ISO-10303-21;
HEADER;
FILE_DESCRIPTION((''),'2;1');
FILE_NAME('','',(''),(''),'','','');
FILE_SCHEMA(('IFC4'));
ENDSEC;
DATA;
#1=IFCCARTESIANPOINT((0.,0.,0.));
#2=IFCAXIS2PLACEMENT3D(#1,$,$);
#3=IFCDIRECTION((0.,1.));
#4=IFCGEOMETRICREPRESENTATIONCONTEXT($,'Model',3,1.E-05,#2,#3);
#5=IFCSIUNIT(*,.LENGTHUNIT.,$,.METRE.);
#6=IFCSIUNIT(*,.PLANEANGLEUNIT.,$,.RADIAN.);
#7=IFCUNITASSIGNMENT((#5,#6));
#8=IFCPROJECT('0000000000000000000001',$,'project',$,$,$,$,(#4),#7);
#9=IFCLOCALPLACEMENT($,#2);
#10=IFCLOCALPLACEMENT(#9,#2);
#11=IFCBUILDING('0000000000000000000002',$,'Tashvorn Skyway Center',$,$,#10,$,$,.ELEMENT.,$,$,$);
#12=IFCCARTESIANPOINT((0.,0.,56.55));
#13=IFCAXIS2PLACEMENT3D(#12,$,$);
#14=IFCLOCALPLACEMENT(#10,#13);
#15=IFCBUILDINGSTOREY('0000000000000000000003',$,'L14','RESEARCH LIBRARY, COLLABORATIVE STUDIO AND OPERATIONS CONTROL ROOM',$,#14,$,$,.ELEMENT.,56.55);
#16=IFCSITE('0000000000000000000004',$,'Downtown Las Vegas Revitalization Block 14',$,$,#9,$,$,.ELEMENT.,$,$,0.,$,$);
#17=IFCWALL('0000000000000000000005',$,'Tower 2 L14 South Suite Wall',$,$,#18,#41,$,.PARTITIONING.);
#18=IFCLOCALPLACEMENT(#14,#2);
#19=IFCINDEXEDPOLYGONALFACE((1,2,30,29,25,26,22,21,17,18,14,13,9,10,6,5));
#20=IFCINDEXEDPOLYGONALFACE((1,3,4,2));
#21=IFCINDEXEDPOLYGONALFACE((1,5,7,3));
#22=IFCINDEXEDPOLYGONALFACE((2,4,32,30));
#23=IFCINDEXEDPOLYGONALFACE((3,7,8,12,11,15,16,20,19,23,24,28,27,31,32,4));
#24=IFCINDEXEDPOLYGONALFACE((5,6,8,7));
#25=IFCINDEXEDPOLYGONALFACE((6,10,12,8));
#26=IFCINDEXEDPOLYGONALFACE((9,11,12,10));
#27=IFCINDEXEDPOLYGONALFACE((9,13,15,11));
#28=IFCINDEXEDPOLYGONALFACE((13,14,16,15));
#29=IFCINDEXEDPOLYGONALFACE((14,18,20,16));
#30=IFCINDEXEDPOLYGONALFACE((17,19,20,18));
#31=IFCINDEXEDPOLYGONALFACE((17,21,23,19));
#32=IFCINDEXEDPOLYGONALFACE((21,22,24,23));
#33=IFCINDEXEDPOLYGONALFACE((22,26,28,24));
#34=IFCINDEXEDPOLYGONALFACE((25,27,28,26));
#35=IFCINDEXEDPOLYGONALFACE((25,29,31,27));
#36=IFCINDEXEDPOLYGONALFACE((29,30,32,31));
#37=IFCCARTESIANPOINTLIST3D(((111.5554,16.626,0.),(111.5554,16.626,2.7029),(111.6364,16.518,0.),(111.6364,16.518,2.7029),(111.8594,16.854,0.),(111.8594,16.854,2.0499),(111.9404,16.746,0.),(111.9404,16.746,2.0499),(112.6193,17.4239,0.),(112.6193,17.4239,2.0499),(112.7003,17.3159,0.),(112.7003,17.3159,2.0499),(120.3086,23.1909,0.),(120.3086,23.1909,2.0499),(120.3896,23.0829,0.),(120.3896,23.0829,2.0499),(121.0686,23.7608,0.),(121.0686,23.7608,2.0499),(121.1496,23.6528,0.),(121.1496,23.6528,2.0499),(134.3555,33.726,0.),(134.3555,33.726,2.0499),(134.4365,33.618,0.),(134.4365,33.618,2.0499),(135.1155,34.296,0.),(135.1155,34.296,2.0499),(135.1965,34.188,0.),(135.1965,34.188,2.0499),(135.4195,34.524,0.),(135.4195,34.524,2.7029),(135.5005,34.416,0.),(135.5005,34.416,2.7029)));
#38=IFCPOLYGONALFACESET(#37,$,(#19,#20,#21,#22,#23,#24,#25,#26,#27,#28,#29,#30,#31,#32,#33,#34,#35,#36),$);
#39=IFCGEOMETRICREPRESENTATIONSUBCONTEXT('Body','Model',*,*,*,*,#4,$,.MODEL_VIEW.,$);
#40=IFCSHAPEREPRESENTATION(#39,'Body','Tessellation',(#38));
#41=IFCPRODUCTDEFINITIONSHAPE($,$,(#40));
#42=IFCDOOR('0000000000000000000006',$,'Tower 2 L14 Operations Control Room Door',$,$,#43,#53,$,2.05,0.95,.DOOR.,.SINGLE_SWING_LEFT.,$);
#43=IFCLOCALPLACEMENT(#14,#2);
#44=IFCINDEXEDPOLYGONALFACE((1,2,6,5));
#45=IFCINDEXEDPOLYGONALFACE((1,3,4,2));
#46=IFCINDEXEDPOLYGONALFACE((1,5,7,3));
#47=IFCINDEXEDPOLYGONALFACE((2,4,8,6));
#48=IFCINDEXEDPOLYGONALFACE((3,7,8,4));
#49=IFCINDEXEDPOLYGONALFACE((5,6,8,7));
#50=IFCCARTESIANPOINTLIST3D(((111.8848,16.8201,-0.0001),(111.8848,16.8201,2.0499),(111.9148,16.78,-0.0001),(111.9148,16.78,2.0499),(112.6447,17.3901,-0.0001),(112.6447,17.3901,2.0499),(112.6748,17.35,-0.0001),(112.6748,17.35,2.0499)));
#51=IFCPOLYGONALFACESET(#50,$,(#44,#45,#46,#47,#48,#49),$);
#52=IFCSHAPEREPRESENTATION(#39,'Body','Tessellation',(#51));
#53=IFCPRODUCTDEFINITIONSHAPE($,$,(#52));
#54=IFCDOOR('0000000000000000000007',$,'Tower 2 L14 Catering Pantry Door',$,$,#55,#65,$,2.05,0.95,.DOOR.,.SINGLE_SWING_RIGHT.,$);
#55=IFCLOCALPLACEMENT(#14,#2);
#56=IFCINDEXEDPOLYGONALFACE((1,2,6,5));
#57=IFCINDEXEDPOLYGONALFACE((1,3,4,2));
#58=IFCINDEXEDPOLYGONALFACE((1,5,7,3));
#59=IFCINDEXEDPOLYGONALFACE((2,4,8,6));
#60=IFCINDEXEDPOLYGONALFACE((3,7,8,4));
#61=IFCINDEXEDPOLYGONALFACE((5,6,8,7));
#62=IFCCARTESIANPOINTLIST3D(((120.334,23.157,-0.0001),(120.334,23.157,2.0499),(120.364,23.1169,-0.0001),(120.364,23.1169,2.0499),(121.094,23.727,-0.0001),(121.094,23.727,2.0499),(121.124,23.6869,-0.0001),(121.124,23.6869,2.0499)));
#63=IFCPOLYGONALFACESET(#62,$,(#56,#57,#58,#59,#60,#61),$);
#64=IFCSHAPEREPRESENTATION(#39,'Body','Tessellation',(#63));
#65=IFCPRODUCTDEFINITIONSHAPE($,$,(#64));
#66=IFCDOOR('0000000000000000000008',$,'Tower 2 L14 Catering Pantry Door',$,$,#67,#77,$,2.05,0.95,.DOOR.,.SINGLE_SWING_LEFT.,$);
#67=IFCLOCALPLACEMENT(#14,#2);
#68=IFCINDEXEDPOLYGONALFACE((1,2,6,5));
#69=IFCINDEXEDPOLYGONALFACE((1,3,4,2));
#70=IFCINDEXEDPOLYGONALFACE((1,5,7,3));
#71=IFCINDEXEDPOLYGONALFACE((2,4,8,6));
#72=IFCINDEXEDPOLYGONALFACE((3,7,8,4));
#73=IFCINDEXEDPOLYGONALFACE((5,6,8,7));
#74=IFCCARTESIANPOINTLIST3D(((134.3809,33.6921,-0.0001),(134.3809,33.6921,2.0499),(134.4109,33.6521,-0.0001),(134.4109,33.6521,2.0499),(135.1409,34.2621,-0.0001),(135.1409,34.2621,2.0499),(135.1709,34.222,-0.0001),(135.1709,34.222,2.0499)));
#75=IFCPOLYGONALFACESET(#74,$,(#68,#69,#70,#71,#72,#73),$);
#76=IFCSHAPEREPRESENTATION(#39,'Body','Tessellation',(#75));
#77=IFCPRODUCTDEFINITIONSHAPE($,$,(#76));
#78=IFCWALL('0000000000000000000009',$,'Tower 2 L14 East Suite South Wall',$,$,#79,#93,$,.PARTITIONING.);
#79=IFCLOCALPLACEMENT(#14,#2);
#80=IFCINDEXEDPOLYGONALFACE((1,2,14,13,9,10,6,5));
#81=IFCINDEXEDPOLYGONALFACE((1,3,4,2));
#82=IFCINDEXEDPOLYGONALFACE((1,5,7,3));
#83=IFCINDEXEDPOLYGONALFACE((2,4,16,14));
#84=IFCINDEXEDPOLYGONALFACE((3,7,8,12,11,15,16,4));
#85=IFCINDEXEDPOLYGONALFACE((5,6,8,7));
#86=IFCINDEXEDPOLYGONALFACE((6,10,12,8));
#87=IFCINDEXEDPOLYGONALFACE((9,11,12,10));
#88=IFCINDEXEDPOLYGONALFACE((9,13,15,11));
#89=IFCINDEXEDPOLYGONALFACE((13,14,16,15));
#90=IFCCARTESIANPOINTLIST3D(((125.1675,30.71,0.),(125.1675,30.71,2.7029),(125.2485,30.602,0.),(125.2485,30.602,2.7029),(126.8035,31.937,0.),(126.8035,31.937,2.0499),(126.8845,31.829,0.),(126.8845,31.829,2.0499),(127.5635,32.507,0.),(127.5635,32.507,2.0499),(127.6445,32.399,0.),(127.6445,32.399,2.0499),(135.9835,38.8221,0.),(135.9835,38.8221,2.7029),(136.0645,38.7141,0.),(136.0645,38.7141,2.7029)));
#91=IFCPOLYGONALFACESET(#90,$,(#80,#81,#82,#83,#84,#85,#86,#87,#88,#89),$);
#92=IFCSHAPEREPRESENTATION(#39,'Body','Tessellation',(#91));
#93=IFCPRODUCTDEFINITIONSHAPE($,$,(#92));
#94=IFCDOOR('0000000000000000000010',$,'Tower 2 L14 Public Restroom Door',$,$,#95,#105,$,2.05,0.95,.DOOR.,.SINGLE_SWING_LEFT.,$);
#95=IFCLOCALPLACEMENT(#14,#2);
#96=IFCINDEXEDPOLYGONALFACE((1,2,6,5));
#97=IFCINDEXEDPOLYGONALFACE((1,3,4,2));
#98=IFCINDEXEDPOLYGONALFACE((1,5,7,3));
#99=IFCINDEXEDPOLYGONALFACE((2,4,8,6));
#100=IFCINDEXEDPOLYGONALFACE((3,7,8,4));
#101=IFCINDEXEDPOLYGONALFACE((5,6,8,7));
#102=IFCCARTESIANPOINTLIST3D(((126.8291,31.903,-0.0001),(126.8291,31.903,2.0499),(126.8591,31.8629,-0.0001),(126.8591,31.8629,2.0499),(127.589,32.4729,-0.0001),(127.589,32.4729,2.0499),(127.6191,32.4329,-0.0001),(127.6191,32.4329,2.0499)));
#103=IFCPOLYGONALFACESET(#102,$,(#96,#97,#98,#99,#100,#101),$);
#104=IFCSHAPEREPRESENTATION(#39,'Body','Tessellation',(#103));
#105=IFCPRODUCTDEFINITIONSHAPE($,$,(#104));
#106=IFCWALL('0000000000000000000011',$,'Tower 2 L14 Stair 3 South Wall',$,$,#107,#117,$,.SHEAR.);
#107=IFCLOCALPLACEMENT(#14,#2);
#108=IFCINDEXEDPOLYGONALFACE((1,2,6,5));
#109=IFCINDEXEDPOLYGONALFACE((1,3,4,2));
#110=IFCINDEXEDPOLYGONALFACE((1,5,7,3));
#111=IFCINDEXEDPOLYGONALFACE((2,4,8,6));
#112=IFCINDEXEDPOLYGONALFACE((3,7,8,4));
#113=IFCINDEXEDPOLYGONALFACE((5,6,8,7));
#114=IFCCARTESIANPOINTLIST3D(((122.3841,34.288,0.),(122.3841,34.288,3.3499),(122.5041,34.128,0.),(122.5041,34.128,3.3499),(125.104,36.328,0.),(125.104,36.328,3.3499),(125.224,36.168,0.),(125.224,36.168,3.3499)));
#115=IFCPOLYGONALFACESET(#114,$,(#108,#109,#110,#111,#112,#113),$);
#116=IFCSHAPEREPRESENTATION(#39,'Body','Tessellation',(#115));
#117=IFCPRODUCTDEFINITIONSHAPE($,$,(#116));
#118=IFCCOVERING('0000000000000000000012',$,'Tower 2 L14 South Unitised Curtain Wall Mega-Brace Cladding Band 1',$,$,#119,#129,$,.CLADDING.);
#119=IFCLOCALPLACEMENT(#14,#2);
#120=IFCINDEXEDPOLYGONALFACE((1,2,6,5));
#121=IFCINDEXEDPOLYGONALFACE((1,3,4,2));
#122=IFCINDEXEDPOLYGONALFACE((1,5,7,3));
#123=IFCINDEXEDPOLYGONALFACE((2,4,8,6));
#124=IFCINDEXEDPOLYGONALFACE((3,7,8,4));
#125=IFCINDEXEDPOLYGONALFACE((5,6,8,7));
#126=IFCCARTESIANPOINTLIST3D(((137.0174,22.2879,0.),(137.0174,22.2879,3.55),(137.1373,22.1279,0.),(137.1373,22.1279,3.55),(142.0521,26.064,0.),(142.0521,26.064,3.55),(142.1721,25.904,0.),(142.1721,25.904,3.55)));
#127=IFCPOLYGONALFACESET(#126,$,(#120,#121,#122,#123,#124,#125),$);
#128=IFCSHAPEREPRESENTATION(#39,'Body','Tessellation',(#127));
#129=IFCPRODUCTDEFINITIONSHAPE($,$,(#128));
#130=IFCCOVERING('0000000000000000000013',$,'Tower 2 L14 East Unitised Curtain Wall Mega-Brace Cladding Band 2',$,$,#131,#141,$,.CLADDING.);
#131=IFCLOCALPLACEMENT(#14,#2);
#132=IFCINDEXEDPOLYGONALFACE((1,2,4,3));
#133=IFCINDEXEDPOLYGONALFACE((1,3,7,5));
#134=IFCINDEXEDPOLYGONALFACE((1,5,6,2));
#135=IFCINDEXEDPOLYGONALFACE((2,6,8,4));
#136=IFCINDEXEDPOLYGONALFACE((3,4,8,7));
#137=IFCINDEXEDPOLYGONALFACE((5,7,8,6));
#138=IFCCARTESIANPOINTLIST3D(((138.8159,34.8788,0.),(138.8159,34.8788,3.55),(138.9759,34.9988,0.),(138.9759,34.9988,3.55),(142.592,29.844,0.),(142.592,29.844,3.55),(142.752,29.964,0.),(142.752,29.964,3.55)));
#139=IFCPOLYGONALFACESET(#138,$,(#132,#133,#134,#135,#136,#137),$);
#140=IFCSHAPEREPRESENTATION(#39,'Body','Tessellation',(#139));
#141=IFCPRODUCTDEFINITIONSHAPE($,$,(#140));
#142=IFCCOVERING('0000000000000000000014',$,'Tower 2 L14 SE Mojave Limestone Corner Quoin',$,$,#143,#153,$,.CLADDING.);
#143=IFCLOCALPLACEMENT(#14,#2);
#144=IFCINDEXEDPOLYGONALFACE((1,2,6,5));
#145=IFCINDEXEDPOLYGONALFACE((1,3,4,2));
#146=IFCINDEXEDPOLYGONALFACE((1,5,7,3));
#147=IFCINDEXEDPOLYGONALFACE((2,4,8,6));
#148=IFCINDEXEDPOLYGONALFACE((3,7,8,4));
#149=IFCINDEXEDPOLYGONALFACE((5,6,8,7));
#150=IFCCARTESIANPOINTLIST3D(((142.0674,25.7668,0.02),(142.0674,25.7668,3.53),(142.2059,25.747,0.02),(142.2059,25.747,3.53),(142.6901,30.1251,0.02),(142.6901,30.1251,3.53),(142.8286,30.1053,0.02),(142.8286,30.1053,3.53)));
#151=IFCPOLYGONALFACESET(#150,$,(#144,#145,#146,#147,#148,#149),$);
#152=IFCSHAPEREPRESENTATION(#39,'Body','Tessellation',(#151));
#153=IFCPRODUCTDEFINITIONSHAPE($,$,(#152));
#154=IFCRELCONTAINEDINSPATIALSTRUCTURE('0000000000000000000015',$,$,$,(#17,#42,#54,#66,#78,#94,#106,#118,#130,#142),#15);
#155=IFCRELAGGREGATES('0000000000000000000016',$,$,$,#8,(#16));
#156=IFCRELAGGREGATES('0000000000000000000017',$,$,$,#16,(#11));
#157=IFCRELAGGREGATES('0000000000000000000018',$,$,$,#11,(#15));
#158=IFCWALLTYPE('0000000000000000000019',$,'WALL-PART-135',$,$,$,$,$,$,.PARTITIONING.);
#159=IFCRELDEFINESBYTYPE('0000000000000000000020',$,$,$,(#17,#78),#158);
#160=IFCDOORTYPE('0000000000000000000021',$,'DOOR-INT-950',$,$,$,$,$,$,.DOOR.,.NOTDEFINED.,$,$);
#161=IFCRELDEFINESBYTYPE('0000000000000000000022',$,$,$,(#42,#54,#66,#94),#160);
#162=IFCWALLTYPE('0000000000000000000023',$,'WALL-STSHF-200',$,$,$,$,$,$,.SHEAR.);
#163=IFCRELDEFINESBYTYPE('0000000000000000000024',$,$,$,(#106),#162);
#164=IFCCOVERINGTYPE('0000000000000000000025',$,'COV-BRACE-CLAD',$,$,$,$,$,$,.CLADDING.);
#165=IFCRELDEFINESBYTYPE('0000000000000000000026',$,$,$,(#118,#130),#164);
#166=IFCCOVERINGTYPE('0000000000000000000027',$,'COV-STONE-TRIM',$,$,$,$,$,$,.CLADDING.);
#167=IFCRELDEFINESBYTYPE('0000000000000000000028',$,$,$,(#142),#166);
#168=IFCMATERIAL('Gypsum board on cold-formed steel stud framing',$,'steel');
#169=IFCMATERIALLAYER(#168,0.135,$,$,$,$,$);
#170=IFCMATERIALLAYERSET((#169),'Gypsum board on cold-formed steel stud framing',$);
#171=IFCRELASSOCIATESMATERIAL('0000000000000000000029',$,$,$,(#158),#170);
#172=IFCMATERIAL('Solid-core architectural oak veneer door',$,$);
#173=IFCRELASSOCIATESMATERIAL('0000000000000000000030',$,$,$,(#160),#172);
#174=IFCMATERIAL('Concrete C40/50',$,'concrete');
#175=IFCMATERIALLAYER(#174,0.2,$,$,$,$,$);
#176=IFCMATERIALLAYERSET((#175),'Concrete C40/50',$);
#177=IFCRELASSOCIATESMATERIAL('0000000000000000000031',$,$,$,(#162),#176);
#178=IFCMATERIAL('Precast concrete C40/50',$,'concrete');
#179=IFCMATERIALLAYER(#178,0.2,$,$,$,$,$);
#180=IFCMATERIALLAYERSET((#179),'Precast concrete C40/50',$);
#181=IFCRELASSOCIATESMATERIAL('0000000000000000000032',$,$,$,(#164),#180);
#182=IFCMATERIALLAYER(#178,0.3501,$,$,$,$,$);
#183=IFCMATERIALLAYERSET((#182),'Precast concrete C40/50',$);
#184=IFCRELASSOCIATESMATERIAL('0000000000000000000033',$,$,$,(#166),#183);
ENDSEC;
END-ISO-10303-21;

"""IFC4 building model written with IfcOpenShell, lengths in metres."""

from ifc_helpers import new_model, si_unit, direction, frame, frame_2d, origin, origin_2d, place, context, subcontext, project, spatial, rectangle, extrude, material, layer, layer_set, type_object, element, fill, save


model = new_model("IFC4")

# Units and contexts
model_context = context("Model", 3, precision=1e-05, world=origin(), true_north=direction((0.0, 1.0)))
body_context = subcontext(model_context, "Body", "Model", "MODEL_VIEW")
ifc_project = project(units=[si_unit("LENGTHUNIT", "METRE"), si_unit("PLANEANGLEUNIT", "RADIAN")], contexts=[model_context])

# Site, building, storey
site_placement = place(None, origin())
site = spatial("IfcSite", under=ifc_project, at=site_placement, Name="Downtown Las Vegas Revitalization Block 14", CompositionType="ELEMENT", RefElevation=0.0)
building_placement = place(site_placement, origin())
building = spatial("IfcBuilding", under=site, at=building_placement, Name="Tashvorn Skyway Center", CompositionType="ELEMENT")
storey_placement = place(building_placement, frame((0.0, 0.0, 56.55)))
storey = spatial("IfcBuildingStorey", under=building, at=storey_placement, Name="L14", Description="RESEARCH LIBRARY, COLLABORATIVE STUDIO AND OPERATIONS CONTROL ROOM", CompositionType="ELEMENT", Elevation=56.55)

# Shared definitions
ifc_material_1 = material(Name="Precast concrete C40/50", Category="concrete")

# Wall, openings, doors
ifc_material_2 = material(Name="Gypsum board on cold-formed steel stud framing", Category="steel")
ifc_layer_1 = layer(ifc_material_2, 0.135)
ifc_layer_set_1 = layer_set([ifc_layer_1], Name="Gypsum board on cold-formed steel stud framing")
wall_type_1 = type_object("IfcWallType", Name="WALL-PART-135", PredefinedType="PARTITIONING", material=ifc_layer_set_1)
wall_1_placement = place(storey_placement, frame((135.46, 34.47, 0.0), z_axis=(0.0, 0.0, 1.0), x_axis=(-0.800001, -0.599999, 0.0)))
wall_1 = element("IfcWall", 1, at=wall_1_placement, inside=storey, type_object=wall_type_1, Name="Tower 2 L14 South Suite Wall", PredefinedType="PARTITIONING", context=body_context, shape_type="SweptSolid", body=[
    extrude(rectangle(XDim=29.8301, YDim=0.135, at=frame_2d((14.915, 0.0))), origin(), (0.0, 0.0, 1.0), 2.7029),
])
opening_1_placement = place(wall_1_placement, frame((28.5, 0.0, 0.0)))
opening_1 = element("IfcOpeningElement", 2, at=opening_1_placement, cuts=wall_1, PredefinedType="OPENING", context=body_context, shape_type="SweptSolid", body=[
    extrude(rectangle(XDim=0.95, YDim=2.05, at=frame_2d((0.4751, 1.0249))), frame((0.0, 0.0774, 0.0), z_axis=(0.0, -1.0, 0.0), x_axis=(1.0, 0.0, 0.0)), (0.0, 0.0, 1.0), 0.155),
])
opening_2_placement = place(wall_1_placement, frame((17.9385, 0.0, 0.0)))
opening_2 = element("IfcOpeningElement", 3, at=opening_2_placement, cuts=wall_1, PredefinedType="OPENING", context=body_context, shape_type="SweptSolid", body=[
    extrude(rectangle(XDim=0.95, YDim=2.05, at=frame_2d((0.4751, 1.0249))), frame((0.0, 0.0774, 0.0), z_axis=(0.0, -1.0, 0.0), x_axis=(1.0, 0.0, 0.0)), (0.0, 0.0, 1.0), 0.155),
])
opening_3_placement = place(wall_1_placement, frame((0.3799, 0.0, 0.0)))
opening_3 = element("IfcOpeningElement", 4, at=opening_3_placement, cuts=wall_1, PredefinedType="OPENING", context=body_context, shape_type="SweptSolid", body=[
    extrude(rectangle(XDim=0.95, YDim=2.05, at=frame_2d((0.4751, 1.0249))), frame((0.0, 0.0774, 0.0), z_axis=(0.0, -1.0, 0.0), x_axis=(1.0, 0.0, 0.0)), (0.0, 0.0, 1.0), 0.155),
])
ifc_material_3 = material(Name="Solid-core architectural oak veneer door")
door_type_1 = type_object("IfcDoorType", Name="DOOR-INT-950", OperationType="NOTDEFINED", PredefinedType="DOOR", material=ifc_material_3)
door_1_placement = place(opening_1_placement, origin())
door_1 = element("IfcDoor", 5, at=door_1_placement, inside=storey, type_object=door_type_1, Name="Tower 2 L14 Operations Control Room Door", OperationType="SINGLE_SWING_LEFT", OverallHeight=2.05, OverallWidth=0.95, PredefinedType="DOOR", context=body_context, shape_type="SweptSolid", body=[
    extrude(rectangle(XDim=0.95, YDim=2.05, at=frame_2d((0.4751, 1.0249))), frame((0.0, 0.0249, 0.0), z_axis=(0.0, -1.0, 0.0), x_axis=(1.0, 0.0, 0.0)), (0.0, 0.0, 1.0), 0.05),
])
fill(opening_1, door_1)
door_2_placement = place(opening_2_placement, origin())
door_2 = element("IfcDoor", 6, at=door_2_placement, inside=storey, type_object=door_type_1, Name="Tower 2 L14 Catering Pantry Door", OperationType="SINGLE_SWING_RIGHT", OverallHeight=2.05, OverallWidth=0.95, PredefinedType="DOOR", context=body_context, shape_type="SweptSolid", body=[
    extrude(rectangle(XDim=0.95, YDim=2.05, at=frame_2d((0.4751, 1.0249))), frame((0.0, 0.0249, 0.0), z_axis=(0.0, -1.0, 0.0), x_axis=(1.0, 0.0, 0.0)), (0.0, 0.0, 1.0), 0.05),
])
fill(opening_2, door_2)
door_3_placement = place(opening_3_placement, origin())
door_3 = element("IfcDoor", 7, at=door_3_placement, inside=storey, type_object=door_type_1, Name="Tower 2 L14 Catering Pantry Door", OperationType="SINGLE_SWING_LEFT", OverallHeight=2.05, OverallWidth=0.95, PredefinedType="DOOR", context=body_context, shape_type="SweptSolid", body=[
    extrude(rectangle(XDim=0.95, YDim=2.05, at=frame_2d((0.4751, 1.0249))), frame((0.0, 0.0249, 0.0), z_axis=(0.0, -1.0, 0.0), x_axis=(1.0, 0.0, 0.0)), (0.0, 0.0, 1.0), 0.05),
])
fill(opening_3, door_3)

# Wall, opening, door
wall_2_placement = place(storey_placement, frame((125.208, 30.656, 0.0), z_axis=(0.0, 0.0, 1.0), x_axis=(0.799996, 0.600006, 0.0)))
wall_2 = element("IfcWall", 8, at=wall_2_placement, inside=storey, type_object=wall_type_1, Name="Tower 2 L14 East Suite South Wall", PredefinedType="PARTITIONING", context=body_context, shape_type="SweptSolid", body=[
    extrude(rectangle(XDim=13.52, YDim=0.135, at=frame_2d((6.76, 0.0))), origin(), (0.0, 0.0, 1.0), 2.7029),
])
opening_4_placement = place(wall_2_placement, frame((2.0449, 0.0, 0.0)))
opening_4 = element("IfcOpeningElement", 9, at=opening_4_placement, cuts=wall_2, PredefinedType="OPENING", context=body_context, shape_type="SweptSolid", body=[
    extrude(rectangle(XDim=0.95, YDim=2.05, at=frame_2d((0.4751, 1.0249))), frame((0.0, 0.0774, 0.0), z_axis=(0.0, -1.0, 0.0), x_axis=(1.0, 0.0, 0.0)), (0.0, 0.0, 1.0), 0.155),
])
door_4_placement = place(opening_4_placement, origin())
door_4 = element("IfcDoor", 10, at=door_4_placement, inside=storey, type_object=door_type_1, Name="Tower 2 L14 Public Restroom Door", OperationType="SINGLE_SWING_LEFT", OverallHeight=2.05, OverallWidth=0.95, PredefinedType="DOOR", context=body_context, shape_type="SweptSolid", body=[
    extrude(rectangle(XDim=0.95, YDim=2.05, at=frame_2d((0.4751, 1.0249))), frame((0.0, 0.0249, 0.0), z_axis=(0.0, -1.0, 0.0), x_axis=(1.0, 0.0, 0.0)), (0.0, 0.0, 1.0), 0.05),
])
fill(opening_4, door_4)

# Wall
ifc_material_4 = material(Name="Concrete C40/50", Category="concrete")
ifc_layer_2 = layer(ifc_material_4, 0.2)
ifc_layer_set_2 = layer_set([ifc_layer_2], Name="Concrete C40/50")
wall_type_2 = type_object("IfcWallType", Name="WALL-STSHF-200", PredefinedType="SHEAR", material=ifc_layer_set_2)
wall_3_placement = place(storey_placement, frame((122.4441, 34.208, 0.0), z_axis=(0.0, 0.0, 1.0), x_axis=(0.799991, 0.600011, 0.0)))
element("IfcWall", 11, at=wall_3_placement, inside=storey, type_object=wall_type_2, Name="Tower 2 L14 Stair 3 South Wall", PredefinedType="SHEAR", context=body_context, shape_type="SweptSolid", body=[
    extrude(rectangle(XDim=3.3999, YDim=0.2, at=frame_2d((1.7, 0.0))), origin(), (0.0, 0.0, 1.0), 3.3499),
])

# Coverings
ifc_layer_3 = layer(ifc_material_1, 0.2)
ifc_layer_set_3 = layer_set([ifc_layer_3], Name="Precast concrete C40/50")
covering_type_1 = type_object("IfcCoveringType", Name="COV-BRACE-CLAD", PredefinedType="CLADDING", material=ifc_layer_set_3)
for number, where, z_axis, x_axis, name in (
    (12, (139.5947, 24.0959, 0.0), (0.0, 0.0, 1.0), (-0.8, -0.6, 0.0), "Tower 2 L14 South Unitised Curtain Wall Mega-Brace Cladding Band 1"),
    (13, (140.7839, 32.4214, 0.0), (0.0, 0.0, 1.0), (0.6, -0.8, 0.0), "Tower 2 L14 East Unitised Curtain Wall Mega-Brace Cladding Band 2"),
):
    element("IfcCovering", number, at=place(storey_placement, frame(where, z_axis=z_axis, x_axis=x_axis)), inside=storey, type_object=covering_type_1, Name=name, PredefinedType="CLADDING", context=body_context, shape_type="SweptSolid", body=[
        extrude(rectangle(XDim=6.2935, YDim=0.2, at=origin_2d()), origin(), (0.0, 0.0, 1.0), 3.55),
    ])
ifc_layer_4 = layer(ifc_material_1, 0.3501)
ifc_layer_set_4 = layer_set([ifc_layer_4], Name="Precast concrete C40/50")
covering_type_2 = type_object("IfcCoveringType", Name="COV-STONE-TRIM", PredefinedType="CLADDING", material=ifc_layer_set_4)
covering_placement = place(storey_placement, frame((142.448, 27.936, 0.02), z_axis=(0.0, 0.0, 1.0), x_axis=(0.141421, 0.989949, 0.0)))
element("IfcCovering", 14, at=covering_placement, inside=storey, type_object=covering_type_2, Name="Tower 2 L14 SE Mojave Limestone Corner Quoin", PredefinedType="CLADDING", context=body_context, shape_type="SweptSolid", body=[
    extrude(rectangle(XDim=4.4026, YDim=0.1399, at=origin_2d()), origin(), (0.0, 0.0, 1.0), 3.51),
])

save(model, "model.ifc")
